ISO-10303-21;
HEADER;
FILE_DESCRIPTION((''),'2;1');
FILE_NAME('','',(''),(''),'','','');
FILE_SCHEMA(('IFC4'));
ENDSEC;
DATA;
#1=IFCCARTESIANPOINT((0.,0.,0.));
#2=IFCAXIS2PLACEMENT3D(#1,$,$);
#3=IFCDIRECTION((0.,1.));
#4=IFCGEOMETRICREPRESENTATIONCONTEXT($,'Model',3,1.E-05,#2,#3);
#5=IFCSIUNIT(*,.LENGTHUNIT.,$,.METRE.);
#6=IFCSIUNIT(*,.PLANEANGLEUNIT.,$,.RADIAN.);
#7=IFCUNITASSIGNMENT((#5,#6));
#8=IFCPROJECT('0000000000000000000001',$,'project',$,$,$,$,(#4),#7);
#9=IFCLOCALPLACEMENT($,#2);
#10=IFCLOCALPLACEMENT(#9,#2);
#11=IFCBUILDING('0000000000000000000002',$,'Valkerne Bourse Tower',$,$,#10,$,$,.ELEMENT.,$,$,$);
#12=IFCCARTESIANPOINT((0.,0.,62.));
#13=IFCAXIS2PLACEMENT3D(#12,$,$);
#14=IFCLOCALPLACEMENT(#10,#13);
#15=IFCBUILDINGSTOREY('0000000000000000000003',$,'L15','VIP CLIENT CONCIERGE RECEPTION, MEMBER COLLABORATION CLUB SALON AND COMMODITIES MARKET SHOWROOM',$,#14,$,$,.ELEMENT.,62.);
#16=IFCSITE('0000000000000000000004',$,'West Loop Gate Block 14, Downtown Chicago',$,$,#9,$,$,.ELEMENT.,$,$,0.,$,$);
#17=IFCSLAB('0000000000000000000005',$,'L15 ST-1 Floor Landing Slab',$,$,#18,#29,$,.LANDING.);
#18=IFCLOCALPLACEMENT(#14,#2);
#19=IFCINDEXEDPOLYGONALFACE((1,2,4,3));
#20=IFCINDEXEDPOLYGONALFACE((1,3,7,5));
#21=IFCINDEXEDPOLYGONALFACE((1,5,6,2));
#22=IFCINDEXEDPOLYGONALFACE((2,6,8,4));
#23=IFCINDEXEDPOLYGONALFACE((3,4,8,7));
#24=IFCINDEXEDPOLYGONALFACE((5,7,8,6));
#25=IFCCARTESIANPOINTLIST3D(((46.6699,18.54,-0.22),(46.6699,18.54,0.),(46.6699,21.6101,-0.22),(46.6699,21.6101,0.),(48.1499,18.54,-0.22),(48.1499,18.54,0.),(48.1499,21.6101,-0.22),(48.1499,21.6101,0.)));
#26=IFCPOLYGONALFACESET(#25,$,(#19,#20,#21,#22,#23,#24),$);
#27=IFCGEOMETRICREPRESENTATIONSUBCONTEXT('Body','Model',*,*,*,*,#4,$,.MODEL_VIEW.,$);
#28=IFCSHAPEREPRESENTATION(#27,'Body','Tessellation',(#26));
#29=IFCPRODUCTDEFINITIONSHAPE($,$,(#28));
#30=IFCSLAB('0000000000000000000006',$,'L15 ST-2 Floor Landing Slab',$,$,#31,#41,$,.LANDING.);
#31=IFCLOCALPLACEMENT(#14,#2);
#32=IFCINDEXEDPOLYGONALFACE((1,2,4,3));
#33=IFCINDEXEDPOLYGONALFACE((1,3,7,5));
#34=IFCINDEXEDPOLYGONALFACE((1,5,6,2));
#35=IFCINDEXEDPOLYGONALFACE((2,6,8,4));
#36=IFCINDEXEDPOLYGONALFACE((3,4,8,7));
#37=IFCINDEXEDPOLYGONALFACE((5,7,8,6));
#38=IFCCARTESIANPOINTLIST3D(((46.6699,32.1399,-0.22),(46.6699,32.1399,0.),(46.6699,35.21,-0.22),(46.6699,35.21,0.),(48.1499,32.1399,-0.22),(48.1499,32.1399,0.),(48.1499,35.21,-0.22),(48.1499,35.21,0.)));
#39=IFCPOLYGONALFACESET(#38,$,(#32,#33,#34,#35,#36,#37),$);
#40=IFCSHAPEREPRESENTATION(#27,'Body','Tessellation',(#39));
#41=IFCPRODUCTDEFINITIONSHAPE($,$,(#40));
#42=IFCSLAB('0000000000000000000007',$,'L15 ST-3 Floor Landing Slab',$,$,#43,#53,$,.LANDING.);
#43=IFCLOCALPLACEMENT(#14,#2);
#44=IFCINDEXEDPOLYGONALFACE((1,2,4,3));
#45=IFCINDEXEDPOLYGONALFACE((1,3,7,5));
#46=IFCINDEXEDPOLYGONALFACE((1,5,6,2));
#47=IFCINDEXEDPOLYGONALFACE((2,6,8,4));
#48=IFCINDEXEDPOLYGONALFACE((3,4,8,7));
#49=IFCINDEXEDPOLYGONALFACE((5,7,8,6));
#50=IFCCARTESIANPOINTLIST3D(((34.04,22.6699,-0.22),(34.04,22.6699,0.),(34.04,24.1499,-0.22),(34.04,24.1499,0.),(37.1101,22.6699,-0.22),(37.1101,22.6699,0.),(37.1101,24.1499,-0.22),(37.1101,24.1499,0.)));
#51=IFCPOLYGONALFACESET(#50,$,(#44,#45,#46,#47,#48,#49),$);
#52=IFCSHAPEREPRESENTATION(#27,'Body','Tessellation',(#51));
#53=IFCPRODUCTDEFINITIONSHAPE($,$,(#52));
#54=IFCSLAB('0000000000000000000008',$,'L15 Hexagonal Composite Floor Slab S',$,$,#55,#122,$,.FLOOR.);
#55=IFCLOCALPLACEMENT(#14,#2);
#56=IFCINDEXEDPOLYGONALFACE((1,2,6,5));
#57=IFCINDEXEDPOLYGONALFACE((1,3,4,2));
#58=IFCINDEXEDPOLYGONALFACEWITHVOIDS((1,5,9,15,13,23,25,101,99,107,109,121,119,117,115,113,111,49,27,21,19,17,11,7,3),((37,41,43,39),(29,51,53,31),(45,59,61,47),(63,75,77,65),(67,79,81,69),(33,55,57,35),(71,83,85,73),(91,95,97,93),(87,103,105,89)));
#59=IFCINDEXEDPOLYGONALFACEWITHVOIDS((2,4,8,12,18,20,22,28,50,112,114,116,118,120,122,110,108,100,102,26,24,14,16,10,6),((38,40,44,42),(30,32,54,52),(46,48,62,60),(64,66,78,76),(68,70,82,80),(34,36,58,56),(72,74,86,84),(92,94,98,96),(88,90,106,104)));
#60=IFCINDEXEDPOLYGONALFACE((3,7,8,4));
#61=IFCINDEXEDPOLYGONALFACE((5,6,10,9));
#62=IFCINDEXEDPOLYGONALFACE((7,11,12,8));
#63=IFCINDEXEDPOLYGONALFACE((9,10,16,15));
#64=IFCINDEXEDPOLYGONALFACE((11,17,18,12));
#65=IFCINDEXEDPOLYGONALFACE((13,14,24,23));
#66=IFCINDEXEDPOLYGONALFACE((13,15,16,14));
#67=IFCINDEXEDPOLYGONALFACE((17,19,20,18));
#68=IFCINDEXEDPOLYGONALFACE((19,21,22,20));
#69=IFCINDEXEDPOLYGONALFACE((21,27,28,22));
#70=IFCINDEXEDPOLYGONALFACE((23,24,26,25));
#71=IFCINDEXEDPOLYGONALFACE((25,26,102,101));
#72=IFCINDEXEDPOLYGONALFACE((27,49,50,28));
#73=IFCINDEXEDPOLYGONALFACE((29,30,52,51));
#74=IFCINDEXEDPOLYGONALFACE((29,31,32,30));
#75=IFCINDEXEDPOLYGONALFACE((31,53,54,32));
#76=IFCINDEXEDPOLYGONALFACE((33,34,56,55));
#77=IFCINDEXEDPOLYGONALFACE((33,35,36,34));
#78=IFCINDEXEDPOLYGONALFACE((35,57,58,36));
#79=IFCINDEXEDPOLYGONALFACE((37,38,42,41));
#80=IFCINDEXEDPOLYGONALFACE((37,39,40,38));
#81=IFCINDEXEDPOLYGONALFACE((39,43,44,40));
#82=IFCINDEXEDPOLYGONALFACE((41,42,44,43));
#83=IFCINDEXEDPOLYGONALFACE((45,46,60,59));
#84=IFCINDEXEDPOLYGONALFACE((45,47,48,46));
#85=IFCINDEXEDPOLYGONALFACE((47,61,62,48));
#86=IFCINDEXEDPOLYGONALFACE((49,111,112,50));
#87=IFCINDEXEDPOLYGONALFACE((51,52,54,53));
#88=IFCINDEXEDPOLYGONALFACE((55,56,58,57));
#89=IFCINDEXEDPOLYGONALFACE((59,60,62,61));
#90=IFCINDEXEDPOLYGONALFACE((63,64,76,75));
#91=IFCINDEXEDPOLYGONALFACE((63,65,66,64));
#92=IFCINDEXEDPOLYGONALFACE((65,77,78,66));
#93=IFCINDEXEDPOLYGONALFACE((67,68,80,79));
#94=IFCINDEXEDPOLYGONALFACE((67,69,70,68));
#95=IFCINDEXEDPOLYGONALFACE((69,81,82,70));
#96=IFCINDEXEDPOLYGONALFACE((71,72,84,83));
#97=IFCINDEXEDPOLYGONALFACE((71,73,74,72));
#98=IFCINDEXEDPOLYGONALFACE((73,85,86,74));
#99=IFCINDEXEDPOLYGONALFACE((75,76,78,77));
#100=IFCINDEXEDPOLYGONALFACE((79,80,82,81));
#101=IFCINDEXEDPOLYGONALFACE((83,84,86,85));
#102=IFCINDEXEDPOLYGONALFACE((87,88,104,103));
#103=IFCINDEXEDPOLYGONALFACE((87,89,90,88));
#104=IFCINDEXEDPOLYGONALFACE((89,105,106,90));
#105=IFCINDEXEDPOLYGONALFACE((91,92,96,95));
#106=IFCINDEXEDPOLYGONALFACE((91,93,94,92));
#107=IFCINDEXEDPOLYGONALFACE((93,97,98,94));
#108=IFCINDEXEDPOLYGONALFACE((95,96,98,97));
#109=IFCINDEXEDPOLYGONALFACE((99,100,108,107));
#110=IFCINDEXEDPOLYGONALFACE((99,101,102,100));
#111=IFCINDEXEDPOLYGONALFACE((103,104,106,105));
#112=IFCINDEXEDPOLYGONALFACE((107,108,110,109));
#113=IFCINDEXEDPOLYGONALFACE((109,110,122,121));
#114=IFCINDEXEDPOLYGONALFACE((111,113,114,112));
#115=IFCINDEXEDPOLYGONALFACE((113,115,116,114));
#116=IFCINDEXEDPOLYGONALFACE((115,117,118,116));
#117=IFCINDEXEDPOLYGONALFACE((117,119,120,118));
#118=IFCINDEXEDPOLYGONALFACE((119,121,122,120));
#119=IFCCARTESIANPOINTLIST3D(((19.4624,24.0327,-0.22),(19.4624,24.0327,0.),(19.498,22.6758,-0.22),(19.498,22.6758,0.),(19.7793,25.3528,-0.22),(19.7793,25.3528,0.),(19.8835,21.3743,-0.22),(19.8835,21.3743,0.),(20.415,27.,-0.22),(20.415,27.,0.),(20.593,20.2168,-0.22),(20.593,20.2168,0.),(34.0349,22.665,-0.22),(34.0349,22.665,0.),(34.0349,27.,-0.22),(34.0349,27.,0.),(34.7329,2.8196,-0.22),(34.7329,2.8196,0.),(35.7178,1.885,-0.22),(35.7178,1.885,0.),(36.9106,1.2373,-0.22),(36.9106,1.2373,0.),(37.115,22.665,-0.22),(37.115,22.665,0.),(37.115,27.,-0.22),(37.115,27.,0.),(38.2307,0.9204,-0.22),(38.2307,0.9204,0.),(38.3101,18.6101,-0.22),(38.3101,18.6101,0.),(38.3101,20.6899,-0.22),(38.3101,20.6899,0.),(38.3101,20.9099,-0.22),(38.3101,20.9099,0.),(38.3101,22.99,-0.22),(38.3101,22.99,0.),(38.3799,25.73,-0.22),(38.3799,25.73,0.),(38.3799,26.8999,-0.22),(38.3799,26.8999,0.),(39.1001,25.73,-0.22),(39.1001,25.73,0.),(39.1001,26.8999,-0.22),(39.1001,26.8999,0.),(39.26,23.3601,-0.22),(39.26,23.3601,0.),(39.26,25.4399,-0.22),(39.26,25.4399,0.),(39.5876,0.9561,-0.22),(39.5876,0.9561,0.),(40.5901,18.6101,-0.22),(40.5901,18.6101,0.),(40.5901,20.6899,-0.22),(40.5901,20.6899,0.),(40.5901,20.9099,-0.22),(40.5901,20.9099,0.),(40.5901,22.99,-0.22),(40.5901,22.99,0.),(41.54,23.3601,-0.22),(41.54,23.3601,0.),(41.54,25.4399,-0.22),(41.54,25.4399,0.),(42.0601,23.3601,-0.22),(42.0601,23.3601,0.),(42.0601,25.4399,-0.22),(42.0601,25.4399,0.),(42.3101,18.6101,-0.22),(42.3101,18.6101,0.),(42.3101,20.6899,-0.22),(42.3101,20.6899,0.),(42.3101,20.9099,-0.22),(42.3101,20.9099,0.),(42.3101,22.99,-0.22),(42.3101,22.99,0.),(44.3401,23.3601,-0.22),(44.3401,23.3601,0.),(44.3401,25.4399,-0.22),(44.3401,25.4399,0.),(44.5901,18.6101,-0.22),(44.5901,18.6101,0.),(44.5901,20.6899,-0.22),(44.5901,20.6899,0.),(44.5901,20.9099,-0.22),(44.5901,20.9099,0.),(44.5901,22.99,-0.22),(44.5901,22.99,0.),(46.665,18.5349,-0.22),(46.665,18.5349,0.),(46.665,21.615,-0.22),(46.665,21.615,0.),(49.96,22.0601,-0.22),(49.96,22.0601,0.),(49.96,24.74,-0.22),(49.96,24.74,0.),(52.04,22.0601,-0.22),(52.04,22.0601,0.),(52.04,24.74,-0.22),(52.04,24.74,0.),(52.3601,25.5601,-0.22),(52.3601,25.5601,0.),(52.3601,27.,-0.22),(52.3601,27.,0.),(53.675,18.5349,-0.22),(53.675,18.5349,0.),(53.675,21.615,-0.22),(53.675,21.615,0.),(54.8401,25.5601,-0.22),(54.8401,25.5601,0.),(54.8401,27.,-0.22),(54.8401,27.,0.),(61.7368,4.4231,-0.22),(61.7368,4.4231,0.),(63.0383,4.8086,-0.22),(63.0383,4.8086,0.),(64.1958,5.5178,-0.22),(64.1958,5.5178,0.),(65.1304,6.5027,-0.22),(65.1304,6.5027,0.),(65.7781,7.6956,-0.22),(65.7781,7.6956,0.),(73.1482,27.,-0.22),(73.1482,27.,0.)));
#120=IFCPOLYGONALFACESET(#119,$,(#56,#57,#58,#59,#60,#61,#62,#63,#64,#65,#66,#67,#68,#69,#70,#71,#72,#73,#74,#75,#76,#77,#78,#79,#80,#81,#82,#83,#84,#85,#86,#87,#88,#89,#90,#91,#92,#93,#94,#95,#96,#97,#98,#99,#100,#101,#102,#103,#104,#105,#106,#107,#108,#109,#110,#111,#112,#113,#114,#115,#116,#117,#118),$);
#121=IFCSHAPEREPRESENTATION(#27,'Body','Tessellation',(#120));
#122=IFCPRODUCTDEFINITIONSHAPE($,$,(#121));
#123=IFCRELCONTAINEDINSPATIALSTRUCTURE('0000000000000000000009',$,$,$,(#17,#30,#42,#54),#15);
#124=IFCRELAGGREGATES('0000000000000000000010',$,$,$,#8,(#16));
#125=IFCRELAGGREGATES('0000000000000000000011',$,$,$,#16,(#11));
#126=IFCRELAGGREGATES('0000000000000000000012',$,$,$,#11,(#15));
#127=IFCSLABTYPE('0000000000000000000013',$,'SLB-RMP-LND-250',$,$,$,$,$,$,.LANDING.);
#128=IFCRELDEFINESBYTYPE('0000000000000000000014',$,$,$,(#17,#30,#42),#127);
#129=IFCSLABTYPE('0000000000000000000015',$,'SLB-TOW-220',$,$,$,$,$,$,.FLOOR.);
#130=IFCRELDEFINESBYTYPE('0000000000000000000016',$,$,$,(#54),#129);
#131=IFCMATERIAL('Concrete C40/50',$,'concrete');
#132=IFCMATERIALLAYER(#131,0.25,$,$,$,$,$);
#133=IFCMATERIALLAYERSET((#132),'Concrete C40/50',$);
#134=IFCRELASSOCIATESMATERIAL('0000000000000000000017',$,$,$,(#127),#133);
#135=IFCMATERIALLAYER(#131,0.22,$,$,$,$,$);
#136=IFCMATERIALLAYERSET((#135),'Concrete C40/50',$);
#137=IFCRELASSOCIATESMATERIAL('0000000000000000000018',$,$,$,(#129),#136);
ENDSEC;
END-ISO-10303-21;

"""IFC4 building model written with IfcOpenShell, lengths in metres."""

from ifc_helpers import new_model, si_unit, direction, frame, origin, place, context, subcontext, project, spatial, polyline, outline, extrude, material, layer, layer_set, type_object, element, save


model = new_model("IFC4")

# Units and contexts
model_context = context("Model", 3, precision=1e-05, world=origin(), true_north=direction((0.0, 1.0)))
body_context = subcontext(model_context, "Body", "Model", "MODEL_VIEW")
ifc_project = project(units=[si_unit("LENGTHUNIT", "METRE"), si_unit("PLANEANGLEUNIT", "RADIAN")], contexts=[model_context])

# Site, building, storey
site_placement = place(None, origin())
site = spatial("IfcSite", under=ifc_project, at=site_placement, Name="West Loop Gate Block 14, Downtown Chicago", CompositionType="ELEMENT", RefElevation=0.0)
building_placement = place(site_placement, origin())
building = spatial("IfcBuilding", under=site, at=building_placement, Name="Valkerne Bourse Tower", CompositionType="ELEMENT")
storey_placement = place(building_placement, frame((0.0, 0.0, 62.0)))
storey = spatial("IfcBuildingStorey", under=building, at=storey_placement, Name="L15", Description="VIP CLIENT CONCIERGE RECEPTION, MEMBER COLLABORATION CLUB SALON AND COMMODITIES MARKET SHOWROOM", CompositionType="ELEMENT", Elevation=62.0)

# Slabs
ifc_material_1 = material(Name="Concrete C40/50", Category="concrete")
ifc_layer_1 = layer(ifc_material_1, 0.25)
ifc_layer_set_1 = layer_set([ifc_layer_1], Name="Concrete C40/50")
slab_type_1 = type_object("IfcSlabType", Name="SLB-RMP-LND-250", PredefinedType="LANDING", material=ifc_layer_set_1)
slab_1_placement = place(storey_placement, frame((0.0, 0.0, -0.22)))
element("IfcSlab", 1, at=slab_1_placement, inside=storey, type_object=slab_type_1, Name="L15 ST-1 Floor Landing Slab", PredefinedType="LANDING", context=body_context, shape_type="SweptSolid", body=[
    extrude(outline(polyline([(46.6699, 18.54), (48.1499, 18.54), (48.1499, 21.6101), (46.6699, 21.6101), (46.6699, 18.54)])), origin(), (0.0, 0.0, 1.0), 0.22),
])
slab_2_placement = place(storey_placement, frame((0.0, 0.0, -0.22)))
element("IfcSlab", 2, at=slab_2_placement, inside=storey, type_object=slab_type_1, Name="L15 ST-2 Floor Landing Slab", PredefinedType="LANDING", context=body_context, shape_type="SweptSolid", body=[
    extrude(outline(polyline([(46.6699, 32.1399), (48.1499, 32.1399), (48.1499, 35.21), (46.6699, 35.21), (46.6699, 32.1399)])), origin(), (0.0, 0.0, 1.0), 0.22),
])
slab_3_placement = place(storey_placement, frame((0.0, 0.0, -0.22)))
element("IfcSlab", 3, at=slab_3_placement, inside=storey, type_object=slab_type_1, Name="L15 ST-3 Floor Landing Slab", PredefinedType="LANDING", context=body_context, shape_type="SweptSolid", body=[
    extrude(outline(polyline([(37.1101, 22.6699), (37.1101, 24.1499), (34.04, 24.1499), (34.04, 22.6699), (37.1101, 22.6699)])), origin(), (0.0, 0.0, 1.0), 0.22),
])
ifc_layer_2 = layer(ifc_material_1, 0.22)
ifc_layer_set_2 = layer_set([ifc_layer_2], Name="Concrete C40/50")
slab_type_2 = type_object("IfcSlabType", Name="SLB-TOW-220", PredefinedType="FLOOR", material=ifc_layer_set_2)
slab_4_placement = place(storey_placement, frame((0.0, 0.0, -0.22)))
element("IfcSlab", 4, at=slab_4_placement, inside=storey, type_object=slab_type_2, Name="L15 Hexagonal Composite Floor Slab S", PredefinedType="FLOOR", context=body_context, shape_type="SweptSolid", body=[
    extrude(outline(polyline([(65.1304, 6.5027), (64.1958, 5.5178), (63.0383, 4.8086), (61.7368, 4.4231), (39.5876, 0.9561), (38.2307, 0.9204), (36.9106, 1.2373), (35.7178, 1.885), (34.7329, 2.8196), (20.593, 20.2168), (19.8835, 21.3743), (19.498, 22.6758), (19.4624, 24.0327), (19.7793, 25.3528), (20.415, 27.0), (34.0349, 27.0), (34.0349, 22.665), (37.115, 22.665), (37.115, 27.0), (52.3601, 27.0), (52.3601, 25.5601), (54.8401, 25.5601), (54.8401, 27.0), (73.1482, 27.0), (65.7781, 7.6956), (65.1304, 6.5027)]), holes=[polyline([(40.5901, 20.6899), (38.3101, 20.6899), (38.3101, 18.6101), (40.5901, 18.6101), (40.5901, 20.6899)]), polyline([(40.5901, 22.99), (38.3101, 22.99), (38.3101, 20.9099), (40.5901, 20.9099), (40.5901, 22.99)]), polyline([(41.54, 25.4399), (39.26, 25.4399), (39.26, 23.3601), (41.54, 23.3601), (41.54, 25.4399)]), polyline([(39.1001, 25.73), (39.1001, 26.8999), (38.3799, 26.8999), (38.3799, 25.73), (39.1001, 25.73)]), polyline([(44.5901, 20.6899), (42.3101, 20.6899), (42.3101, 18.6101), (44.5901, 18.6101), (44.5901, 20.6899)]), polyline([(53.675, 21.615), (46.665, 21.615), (46.665, 18.5349), (53.675, 18.5349), (53.675, 21.615)]), polyline([(44.5901, 22.99), (42.3101, 22.99), (42.3101, 20.9099), (44.5901, 20.9099), (44.5901, 22.99)]), polyline([(52.04, 22.0601), (52.04, 24.74), (49.96, 24.74), (49.96, 22.0601), (52.04, 22.0601)]), polyline([(44.3401, 23.3601), (44.3401, 25.4399), (42.0601, 25.4399), (42.0601, 23.3601), (44.3401, 23.3601)])]), origin(), (0.0, 0.0, 1.0), 0.22),
])

save(model, "model.ifc")
